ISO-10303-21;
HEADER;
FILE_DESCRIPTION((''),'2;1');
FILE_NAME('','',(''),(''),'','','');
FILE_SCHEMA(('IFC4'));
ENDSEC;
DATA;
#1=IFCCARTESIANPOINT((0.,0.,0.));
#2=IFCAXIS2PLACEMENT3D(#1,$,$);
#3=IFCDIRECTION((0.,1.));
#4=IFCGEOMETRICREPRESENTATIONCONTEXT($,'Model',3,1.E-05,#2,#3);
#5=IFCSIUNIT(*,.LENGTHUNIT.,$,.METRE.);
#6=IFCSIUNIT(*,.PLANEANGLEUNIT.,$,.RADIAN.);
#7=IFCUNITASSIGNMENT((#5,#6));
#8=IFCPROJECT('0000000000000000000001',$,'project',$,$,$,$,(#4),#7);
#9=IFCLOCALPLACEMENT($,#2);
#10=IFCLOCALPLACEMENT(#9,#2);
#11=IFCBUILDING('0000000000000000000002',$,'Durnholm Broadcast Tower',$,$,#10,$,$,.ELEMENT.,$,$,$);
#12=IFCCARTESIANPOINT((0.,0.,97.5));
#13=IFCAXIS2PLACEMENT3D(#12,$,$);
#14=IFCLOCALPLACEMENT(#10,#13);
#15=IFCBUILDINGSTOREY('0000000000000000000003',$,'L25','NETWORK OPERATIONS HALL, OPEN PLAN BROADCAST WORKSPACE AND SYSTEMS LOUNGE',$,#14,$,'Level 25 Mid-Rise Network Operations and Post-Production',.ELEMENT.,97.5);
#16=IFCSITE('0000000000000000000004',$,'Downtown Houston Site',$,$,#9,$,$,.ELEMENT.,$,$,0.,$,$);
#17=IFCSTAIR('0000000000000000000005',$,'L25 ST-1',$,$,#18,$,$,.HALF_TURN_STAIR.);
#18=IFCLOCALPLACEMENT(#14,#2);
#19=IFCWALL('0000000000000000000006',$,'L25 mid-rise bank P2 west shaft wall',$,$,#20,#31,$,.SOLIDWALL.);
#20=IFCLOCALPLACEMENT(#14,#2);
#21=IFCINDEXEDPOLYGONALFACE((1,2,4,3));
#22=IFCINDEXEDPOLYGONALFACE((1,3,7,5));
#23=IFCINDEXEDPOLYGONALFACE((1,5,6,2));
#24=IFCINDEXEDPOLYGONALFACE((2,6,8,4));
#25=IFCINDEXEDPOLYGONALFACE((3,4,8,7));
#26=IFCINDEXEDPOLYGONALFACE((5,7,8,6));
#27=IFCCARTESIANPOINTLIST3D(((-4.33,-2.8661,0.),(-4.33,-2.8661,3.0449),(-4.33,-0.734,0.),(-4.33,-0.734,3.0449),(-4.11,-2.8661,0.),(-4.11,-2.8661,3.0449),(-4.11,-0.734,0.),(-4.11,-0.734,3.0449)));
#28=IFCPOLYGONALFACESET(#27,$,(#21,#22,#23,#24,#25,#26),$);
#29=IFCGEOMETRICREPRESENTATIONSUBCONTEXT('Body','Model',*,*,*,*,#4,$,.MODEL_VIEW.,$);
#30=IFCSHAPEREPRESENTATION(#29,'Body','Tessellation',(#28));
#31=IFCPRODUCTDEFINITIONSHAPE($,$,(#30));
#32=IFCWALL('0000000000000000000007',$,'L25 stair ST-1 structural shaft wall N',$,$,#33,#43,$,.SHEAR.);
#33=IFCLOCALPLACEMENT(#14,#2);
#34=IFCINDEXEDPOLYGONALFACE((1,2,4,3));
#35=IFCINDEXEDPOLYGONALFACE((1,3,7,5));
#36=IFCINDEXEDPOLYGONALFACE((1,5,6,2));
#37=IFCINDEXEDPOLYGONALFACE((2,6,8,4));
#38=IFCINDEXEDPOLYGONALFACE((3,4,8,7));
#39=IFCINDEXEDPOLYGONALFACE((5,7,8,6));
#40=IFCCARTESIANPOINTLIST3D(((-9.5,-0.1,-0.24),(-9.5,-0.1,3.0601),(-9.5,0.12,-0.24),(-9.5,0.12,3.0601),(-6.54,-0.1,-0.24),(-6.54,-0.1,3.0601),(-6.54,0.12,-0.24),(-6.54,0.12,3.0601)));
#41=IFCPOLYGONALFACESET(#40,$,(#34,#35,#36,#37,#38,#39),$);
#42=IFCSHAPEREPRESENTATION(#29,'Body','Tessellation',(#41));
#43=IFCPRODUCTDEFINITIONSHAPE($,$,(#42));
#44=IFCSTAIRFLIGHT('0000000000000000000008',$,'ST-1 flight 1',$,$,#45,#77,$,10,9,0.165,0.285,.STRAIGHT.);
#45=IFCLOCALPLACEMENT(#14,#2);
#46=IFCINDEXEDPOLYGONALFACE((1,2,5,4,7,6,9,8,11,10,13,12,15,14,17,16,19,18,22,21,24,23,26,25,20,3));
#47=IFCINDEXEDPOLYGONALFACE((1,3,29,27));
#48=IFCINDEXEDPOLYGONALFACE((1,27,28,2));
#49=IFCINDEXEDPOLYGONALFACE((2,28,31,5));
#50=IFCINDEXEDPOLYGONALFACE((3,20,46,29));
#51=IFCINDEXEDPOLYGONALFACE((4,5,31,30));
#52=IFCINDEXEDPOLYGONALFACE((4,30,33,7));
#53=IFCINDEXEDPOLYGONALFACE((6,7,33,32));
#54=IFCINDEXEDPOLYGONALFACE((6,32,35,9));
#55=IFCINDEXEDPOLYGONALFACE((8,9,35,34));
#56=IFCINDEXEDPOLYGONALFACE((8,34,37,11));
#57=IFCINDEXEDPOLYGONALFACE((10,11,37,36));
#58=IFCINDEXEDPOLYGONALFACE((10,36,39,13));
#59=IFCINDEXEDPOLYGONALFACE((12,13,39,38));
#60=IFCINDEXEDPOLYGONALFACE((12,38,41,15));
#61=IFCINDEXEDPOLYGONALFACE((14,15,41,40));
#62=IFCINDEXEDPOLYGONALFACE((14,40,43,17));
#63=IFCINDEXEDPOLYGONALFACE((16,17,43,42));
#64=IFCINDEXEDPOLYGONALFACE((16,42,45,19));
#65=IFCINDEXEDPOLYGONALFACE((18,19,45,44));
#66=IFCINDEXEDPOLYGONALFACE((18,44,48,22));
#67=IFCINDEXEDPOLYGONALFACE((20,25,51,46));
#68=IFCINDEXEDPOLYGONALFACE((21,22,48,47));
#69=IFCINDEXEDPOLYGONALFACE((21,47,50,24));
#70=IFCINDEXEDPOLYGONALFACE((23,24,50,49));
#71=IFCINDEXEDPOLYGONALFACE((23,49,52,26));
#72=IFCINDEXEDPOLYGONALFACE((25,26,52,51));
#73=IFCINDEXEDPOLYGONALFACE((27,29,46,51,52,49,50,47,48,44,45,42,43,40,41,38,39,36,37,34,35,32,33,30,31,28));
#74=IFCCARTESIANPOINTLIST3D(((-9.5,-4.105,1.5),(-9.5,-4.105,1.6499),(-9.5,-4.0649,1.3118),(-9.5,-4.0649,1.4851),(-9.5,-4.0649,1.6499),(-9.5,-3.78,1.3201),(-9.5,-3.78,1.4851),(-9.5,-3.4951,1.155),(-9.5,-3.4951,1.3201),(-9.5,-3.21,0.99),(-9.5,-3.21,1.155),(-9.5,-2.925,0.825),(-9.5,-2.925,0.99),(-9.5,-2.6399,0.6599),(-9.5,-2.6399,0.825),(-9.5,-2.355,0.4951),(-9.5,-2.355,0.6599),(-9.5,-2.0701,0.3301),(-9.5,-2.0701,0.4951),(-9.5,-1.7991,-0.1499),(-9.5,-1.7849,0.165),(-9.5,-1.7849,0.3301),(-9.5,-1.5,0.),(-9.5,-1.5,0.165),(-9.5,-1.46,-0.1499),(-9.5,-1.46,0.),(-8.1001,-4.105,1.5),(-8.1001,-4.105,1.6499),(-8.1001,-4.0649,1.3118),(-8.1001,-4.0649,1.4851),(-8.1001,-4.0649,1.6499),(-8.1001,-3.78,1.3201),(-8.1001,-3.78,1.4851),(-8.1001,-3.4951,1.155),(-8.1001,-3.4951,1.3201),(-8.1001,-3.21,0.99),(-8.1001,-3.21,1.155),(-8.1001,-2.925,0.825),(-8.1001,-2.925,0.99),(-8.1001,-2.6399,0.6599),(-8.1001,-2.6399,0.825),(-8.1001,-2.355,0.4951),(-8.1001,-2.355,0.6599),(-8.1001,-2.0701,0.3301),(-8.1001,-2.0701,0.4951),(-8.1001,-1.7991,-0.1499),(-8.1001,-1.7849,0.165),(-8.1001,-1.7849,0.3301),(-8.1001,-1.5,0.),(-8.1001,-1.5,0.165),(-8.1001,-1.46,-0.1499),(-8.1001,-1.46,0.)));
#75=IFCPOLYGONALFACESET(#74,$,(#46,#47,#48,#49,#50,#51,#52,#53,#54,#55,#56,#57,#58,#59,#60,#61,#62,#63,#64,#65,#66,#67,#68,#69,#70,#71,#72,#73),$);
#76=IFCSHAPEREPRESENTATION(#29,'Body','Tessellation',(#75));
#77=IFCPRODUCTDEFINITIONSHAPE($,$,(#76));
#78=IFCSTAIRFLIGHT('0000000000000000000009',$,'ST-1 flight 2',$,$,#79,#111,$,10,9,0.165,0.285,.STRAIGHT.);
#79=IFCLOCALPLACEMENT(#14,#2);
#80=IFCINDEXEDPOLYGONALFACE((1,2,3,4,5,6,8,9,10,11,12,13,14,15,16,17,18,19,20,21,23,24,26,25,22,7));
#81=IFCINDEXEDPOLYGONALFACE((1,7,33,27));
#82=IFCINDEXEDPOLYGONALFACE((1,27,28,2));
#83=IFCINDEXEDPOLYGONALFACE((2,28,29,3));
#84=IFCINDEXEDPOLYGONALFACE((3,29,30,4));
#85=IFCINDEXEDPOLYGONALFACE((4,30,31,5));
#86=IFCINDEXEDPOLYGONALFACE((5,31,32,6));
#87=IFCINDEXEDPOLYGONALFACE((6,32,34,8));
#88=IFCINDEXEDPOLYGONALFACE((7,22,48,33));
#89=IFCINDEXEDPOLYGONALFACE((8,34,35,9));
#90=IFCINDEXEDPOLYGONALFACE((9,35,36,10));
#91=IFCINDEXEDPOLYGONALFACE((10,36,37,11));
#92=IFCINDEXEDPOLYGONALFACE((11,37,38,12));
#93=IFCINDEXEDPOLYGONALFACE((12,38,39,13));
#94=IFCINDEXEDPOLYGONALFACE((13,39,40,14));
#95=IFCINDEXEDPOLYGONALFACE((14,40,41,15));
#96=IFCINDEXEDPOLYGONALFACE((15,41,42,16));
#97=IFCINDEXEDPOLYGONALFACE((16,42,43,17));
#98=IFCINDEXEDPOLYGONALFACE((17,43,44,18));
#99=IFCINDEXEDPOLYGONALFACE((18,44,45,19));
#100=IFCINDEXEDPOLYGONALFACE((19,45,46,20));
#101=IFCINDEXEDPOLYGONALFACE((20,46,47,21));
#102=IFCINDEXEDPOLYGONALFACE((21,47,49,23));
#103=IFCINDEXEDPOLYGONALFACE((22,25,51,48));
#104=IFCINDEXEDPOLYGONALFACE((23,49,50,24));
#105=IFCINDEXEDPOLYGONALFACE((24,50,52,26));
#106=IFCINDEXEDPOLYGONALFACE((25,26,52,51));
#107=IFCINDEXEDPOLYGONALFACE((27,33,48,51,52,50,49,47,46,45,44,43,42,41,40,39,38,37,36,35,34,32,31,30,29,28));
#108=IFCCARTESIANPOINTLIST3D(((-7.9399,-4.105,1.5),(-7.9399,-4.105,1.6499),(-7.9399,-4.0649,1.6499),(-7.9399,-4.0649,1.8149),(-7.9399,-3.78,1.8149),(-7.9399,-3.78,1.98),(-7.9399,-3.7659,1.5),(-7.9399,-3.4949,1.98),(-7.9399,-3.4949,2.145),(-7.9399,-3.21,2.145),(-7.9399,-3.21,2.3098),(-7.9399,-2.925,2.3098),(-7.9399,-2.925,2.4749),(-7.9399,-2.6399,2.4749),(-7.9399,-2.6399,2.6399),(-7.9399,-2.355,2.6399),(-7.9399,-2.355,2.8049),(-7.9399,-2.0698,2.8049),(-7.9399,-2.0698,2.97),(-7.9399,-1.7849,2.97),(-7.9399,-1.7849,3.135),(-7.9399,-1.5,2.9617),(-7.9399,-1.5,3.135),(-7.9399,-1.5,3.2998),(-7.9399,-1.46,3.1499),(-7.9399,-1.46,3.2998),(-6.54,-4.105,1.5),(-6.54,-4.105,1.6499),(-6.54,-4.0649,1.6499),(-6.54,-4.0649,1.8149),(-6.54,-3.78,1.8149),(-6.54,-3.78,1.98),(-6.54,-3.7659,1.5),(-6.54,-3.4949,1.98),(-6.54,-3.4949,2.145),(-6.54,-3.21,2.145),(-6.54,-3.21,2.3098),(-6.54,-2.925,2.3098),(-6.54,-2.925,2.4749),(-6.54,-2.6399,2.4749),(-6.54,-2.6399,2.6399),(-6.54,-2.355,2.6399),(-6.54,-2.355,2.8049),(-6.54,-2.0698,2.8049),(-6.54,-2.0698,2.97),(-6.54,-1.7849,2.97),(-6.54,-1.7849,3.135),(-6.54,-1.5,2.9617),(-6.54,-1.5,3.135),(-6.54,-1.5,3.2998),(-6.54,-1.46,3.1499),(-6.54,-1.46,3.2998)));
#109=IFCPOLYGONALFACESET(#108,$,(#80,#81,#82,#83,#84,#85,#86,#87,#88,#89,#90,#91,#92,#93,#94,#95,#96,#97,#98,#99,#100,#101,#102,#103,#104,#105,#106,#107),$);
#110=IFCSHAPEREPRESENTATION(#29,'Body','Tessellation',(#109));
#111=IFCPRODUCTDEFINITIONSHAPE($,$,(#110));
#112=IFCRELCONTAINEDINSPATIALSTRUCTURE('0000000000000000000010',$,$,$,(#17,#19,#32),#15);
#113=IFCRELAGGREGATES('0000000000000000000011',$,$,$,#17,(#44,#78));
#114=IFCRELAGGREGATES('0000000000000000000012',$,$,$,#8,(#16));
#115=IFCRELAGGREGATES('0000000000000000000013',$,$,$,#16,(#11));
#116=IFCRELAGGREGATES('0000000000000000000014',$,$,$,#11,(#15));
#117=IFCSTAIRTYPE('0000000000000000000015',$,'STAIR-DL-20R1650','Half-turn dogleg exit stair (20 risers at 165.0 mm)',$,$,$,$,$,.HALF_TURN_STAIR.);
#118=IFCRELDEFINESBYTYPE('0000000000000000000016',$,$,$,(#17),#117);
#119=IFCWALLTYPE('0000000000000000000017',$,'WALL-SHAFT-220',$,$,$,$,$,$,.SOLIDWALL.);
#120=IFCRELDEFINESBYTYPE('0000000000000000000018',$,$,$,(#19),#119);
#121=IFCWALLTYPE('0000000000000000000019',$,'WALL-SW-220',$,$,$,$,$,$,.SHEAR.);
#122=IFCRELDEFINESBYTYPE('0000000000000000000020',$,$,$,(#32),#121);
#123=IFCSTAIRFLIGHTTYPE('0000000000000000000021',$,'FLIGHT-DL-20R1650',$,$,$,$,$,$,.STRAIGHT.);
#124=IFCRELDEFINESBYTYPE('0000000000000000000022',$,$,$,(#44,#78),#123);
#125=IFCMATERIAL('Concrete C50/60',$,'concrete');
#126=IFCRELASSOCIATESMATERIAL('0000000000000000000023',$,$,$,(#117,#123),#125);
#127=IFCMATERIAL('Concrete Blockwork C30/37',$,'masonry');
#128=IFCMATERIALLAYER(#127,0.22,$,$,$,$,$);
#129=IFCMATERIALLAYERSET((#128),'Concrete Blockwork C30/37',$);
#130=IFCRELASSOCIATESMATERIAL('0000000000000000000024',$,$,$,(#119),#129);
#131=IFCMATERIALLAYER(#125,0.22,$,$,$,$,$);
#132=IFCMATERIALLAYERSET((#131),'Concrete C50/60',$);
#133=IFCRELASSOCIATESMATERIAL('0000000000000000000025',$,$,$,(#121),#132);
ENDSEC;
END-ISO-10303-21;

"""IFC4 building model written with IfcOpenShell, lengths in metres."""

from ifc_helpers import new_model, si_unit, direction, frame, frame_2d, origin, place, context, subcontext, project, spatial, polyline, rectangle, outline, extrude, material, layer, layer_set, type_object, element, aggregate, save


model = new_model("IFC4")

# Units and contexts
model_context = context("Model", 3, precision=1e-05, world=origin(), true_north=direction((0.0, 1.0)))
body_context = subcontext(model_context, "Body", "Model", "MODEL_VIEW")
ifc_project = project(units=[si_unit("LENGTHUNIT", "METRE"), si_unit("PLANEANGLEUNIT", "RADIAN")], contexts=[model_context])

# Site, building, storey
site_placement = place(None, origin())
site = spatial("IfcSite", under=ifc_project, at=site_placement, Name="Downtown Houston Site", CompositionType="ELEMENT", RefElevation=0.0)
building_placement = place(site_placement, origin())
building = spatial("IfcBuilding", under=site, at=building_placement, Name="Durnholm Broadcast Tower", CompositionType="ELEMENT")
storey_placement = place(building_placement, frame((0.0, 0.0, 97.5)))
storey = spatial("IfcBuildingStorey", under=building, at=storey_placement, Name="L25", Description="NETWORK OPERATIONS HALL, OPEN PLAN BROADCAST WORKSPACE AND SYSTEMS LOUNGE", LongName="Level 25 Mid-Rise Network Operations and Post-Production", CompositionType="ELEMENT", Elevation=97.5)

# Shared definitions
ifc_material_1 = material(Name="Concrete C50/60", Category="concrete")

# Stair
stair_type = type_object("IfcStairType", Name="STAIR-DL-20R1650", Description="Half-turn dogleg exit stair (20 risers at 165.0 mm)", PredefinedType="HALF_TURN_STAIR", material=ifc_material_1)
stair_1_placement = place(storey_placement, origin())
stair_1 = element("IfcStair", 1, at=stair_1_placement, inside=storey, type_object=stair_type, Name="L25 ST-1", PredefinedType="HALF_TURN_STAIR")

# Shared definitions
ifc_material_2 = material(Name="Concrete Blockwork C30/37", Category="masonry")
ifc_layer_1 = layer(ifc_material_2, 0.22)
ifc_layer_set_1 = layer_set([ifc_layer_1], Name="Concrete Blockwork C30/37")
wall_type_1 = type_object("IfcWallType", Name="WALL-SHAFT-220", PredefinedType="SOLIDWALL", material=ifc_layer_set_1)

# Walls
wall_1_placement = place(storey_placement, frame((-4.22, -2.866, 0.0), z_axis=(0.0, 0.0, 1.0), x_axis=(0.0, 1.0, 0.0)))
element("IfcWall", 2, at=wall_1_placement, inside=storey, type_object=wall_type_1, Name="L25 mid-rise bank P2 west shaft wall", PredefinedType="SOLIDWALL", context=body_context, shape_type="SweptSolid", body=[
    extrude(rectangle(XDim=2.1321, YDim=0.22, at=frame_2d((1.0659, 0.0))), origin(), (0.0, 0.0, 1.0), 3.0449),
])
ifc_layer_2 = layer(ifc_material_1, 0.22)
ifc_layer_set_2 = layer_set([ifc_layer_2], Name="Concrete C50/60")
wall_type_2 = type_object("IfcWallType", Name="WALL-SW-220", PredefinedType="SHEAR", material=ifc_layer_set_2)
wall_2_placement = place(storey_placement, frame((-6.54, 0.01, -0.24), z_axis=(0.0, 0.0, 1.0), x_axis=(-1.0, 0.0, 0.0)))
element("IfcWall", 3, at=wall_2_placement, inside=storey, type_object=wall_type_2, Name="L25 stair ST-1 structural shaft wall N", PredefinedType="SHEAR", context=body_context, shape_type="SweptSolid", body=[
    extrude(rectangle(XDim=2.96, YDim=0.22, at=frame_2d((1.48, 0.0))), origin(), (0.0, 0.0, 1.0), 3.3),
])

# Stair flights
stair_flight_type = type_object("IfcStairFlightType", Name="FLIGHT-DL-20R1650", PredefinedType="STRAIGHT", material=ifc_material_1)
stair_flight_1_placement = place(storey_placement, frame((-8.8, -1.5, 0.0), z_axis=(0.0, 0.0, 1.0), x_axis=(0.0, -1.0, 0.0)))
stair_flight_1 = element("IfcStairFlight", 4, at=stair_flight_1_placement, type_object=stair_flight_type, Name="ST-1 flight 1", NumberOfRisers=10, NumberOfTreads=9, PredefinedType="STRAIGHT", RiserHeight=0.165, TreadLength=0.285, context=body_context, shape_type="SweptSolid", body=[
    extrude(outline(polyline([(-0.04, -0.1499), (-0.04, 0.0), (0.0, 0.0), (0.0, 0.165), (0.2849, 0.165), (0.2849, 0.3301), (0.5701, 0.3301), (0.5701, 0.4951), (0.855, 0.4951), (0.855, 0.6599), (1.1399, 0.6599), (1.1399, 0.825), (1.425, 0.825), (1.425, 0.99), (1.71, 0.99), (1.71, 1.155), (1.9951, 1.155), (1.9951, 1.3201), (2.28, 1.3201), (2.28, 1.4851), (2.5649, 1.4851), (2.5649, 1.6499), (2.605, 1.6499), (2.605, 1.5), (2.5649, 1.3118), (0.2991, -0.1499), (-0.04, -0.1499)])), frame((0.0, 0.7, 0.0), z_axis=(0.0, -1.0, 0.0), x_axis=(1.0, 0.0, 0.0)), (0.0, 0.0, 1.0), 1.3999),
])
stair_flight_2_placement = place(storey_placement, frame((-7.24, -4.0649, 1.6499), z_axis=(0.0, 0.0, 1.0), x_axis=(0.0, 1.0, 0.0)))
stair_flight_2 = element("IfcStairFlight", 5, at=stair_flight_2_placement, type_object=stair_flight_type, Name="ST-1 flight 2", NumberOfRisers=10, NumberOfTreads=9, PredefinedType="STRAIGHT", RiserHeight=0.165, TreadLength=0.285, context=body_context, shape_type="SweptSolid", body=[
    extrude(outline(polyline([(-0.04, -0.1499), (-0.04, 0.0), (0.0, 0.0), (0.0, 0.165), (0.2849, 0.165), (0.2849, 0.3301), (0.5701, 0.3301), (0.5701, 0.4951), (0.855, 0.4951), (0.855, 0.6599), (1.1399, 0.6599), (1.1399, 0.825), (1.425, 0.825), (1.425, 0.99), (1.71, 0.99), (1.71, 1.155), (1.9951, 1.155), (1.9951, 1.3201), (2.28, 1.3201), (2.28, 1.4851), (2.5649, 1.4851), (2.5649, 1.6499), (2.605, 1.6499), (2.605, 1.5), (2.5649, 1.3118), (0.2991, -0.1499), (-0.04, -0.1499)])), frame((0.0, 0.7, 0.0), z_axis=(0.0, -1.0, 0.0), x_axis=(1.0, 0.0, 0.0)), (0.0, 0.0, 1.0), 1.3999),
])
aggregate(stair_1, [stair_flight_1, stair_flight_2])

save(model, "model.ifc")
